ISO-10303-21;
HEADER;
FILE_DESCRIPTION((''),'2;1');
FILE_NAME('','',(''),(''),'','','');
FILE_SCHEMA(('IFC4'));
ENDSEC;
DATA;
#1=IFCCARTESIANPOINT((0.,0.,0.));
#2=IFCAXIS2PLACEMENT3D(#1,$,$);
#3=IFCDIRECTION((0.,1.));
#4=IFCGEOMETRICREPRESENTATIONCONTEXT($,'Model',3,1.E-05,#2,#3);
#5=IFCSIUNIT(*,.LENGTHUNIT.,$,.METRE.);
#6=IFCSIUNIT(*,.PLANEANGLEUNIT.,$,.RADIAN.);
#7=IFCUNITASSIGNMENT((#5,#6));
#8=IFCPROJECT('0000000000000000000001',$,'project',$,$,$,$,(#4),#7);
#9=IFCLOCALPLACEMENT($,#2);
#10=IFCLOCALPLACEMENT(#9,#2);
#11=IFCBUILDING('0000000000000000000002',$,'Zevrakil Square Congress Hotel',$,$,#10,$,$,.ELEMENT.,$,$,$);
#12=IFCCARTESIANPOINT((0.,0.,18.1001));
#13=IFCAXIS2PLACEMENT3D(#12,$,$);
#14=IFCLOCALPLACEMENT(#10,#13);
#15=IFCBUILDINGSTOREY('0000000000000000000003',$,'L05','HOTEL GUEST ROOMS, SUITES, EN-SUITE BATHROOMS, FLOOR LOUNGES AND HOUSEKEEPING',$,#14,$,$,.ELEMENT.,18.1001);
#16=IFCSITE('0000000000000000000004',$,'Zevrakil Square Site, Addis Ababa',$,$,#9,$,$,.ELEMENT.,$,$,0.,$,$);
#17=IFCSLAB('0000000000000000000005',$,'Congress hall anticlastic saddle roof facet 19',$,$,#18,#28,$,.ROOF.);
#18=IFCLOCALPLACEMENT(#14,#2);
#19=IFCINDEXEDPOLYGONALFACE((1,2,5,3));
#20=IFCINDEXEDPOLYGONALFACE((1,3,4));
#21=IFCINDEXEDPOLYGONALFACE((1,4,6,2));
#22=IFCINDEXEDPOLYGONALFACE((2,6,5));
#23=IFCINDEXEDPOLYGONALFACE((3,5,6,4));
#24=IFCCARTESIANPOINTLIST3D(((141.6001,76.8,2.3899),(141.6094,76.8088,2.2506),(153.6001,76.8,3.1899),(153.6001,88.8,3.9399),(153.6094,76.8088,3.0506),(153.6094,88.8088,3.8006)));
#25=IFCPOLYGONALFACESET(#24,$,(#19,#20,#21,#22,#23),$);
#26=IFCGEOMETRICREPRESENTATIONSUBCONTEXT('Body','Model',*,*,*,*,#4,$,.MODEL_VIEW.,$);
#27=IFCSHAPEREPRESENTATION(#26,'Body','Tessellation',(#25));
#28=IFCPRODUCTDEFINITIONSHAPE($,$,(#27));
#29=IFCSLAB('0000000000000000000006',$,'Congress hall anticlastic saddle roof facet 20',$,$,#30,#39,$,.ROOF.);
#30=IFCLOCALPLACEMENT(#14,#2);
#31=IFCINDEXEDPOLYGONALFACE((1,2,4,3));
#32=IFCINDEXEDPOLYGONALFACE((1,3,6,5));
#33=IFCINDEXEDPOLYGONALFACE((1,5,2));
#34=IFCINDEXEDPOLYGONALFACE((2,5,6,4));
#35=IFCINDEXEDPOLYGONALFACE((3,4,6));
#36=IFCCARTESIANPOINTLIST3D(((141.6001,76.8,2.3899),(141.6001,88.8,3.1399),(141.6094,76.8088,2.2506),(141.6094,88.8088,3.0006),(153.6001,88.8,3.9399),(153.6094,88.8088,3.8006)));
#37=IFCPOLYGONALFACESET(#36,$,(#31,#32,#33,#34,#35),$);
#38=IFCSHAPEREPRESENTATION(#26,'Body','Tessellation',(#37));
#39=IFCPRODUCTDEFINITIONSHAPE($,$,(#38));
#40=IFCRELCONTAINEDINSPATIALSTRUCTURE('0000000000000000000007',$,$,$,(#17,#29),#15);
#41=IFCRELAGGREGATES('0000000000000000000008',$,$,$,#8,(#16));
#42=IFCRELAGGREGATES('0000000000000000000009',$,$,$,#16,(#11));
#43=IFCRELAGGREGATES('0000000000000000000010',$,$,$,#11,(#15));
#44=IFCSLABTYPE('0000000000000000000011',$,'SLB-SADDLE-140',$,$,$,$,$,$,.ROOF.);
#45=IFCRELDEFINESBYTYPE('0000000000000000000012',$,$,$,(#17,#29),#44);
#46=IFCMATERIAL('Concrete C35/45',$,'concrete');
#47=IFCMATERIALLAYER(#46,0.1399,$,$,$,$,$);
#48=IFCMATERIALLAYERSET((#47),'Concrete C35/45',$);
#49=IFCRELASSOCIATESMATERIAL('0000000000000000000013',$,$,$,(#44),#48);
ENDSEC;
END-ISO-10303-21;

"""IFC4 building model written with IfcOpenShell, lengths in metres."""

from ifc_helpers import new_model, si_unit, direction, frame, origin, place, context, subcontext, project, spatial, polyline, outline, extrude, material, layer, layer_set, type_object, element, save


model = new_model("IFC4")

# Units and contexts
model_context = context("Model", 3, precision=1e-05, world=origin(), true_north=direction((0.0, 1.0)))
body_context = subcontext(model_context, "Body", "Model", "MODEL_VIEW")
ifc_project = project(units=[si_unit("LENGTHUNIT", "METRE"), si_unit("PLANEANGLEUNIT", "RADIAN")], contexts=[model_context])

# Site, building, storey
site_placement = place(None, origin())
site = spatial("IfcSite", under=ifc_project, at=site_placement, Name="Zevrakil Square Site, Addis Ababa", CompositionType="ELEMENT", RefElevation=0.0)
building_placement = place(site_placement, origin())
building = spatial("IfcBuilding", under=site, at=building_placement, Name="Zevrakil Square Congress Hotel", CompositionType="ELEMENT")
storey_placement = place(building_placement, frame((0.0, 0.0, 18.1001)))
storey = spatial("IfcBuildingStorey", under=building, at=storey_placement, Name="L05", Description="HOTEL GUEST ROOMS, SUITES, EN-SUITE BATHROOMS, FLOOR LOUNGES AND HOUSEKEEPING", CompositionType="ELEMENT", Elevation=18.1001)

# Slabs
ifc_material_1 = material(Name="Concrete C35/45", Category="concrete")
ifc_layer = layer(ifc_material_1, 0.1399)
ifc_layer_set = layer_set([ifc_layer], Name="Concrete C35/45")
slab_type = type_object("IfcSlabType", Name="SLB-SADDLE-140", PredefinedType="ROOF", material=ifc_layer_set)
slab_1_placement = place(storey_placement, frame((141.6001, 76.8, 2.3899), z_axis=(-0.066394, -0.062241, 0.99585), x_axis=(0.997785, 0.0, 0.066523)))
element("IfcSlab", 1, at=slab_1_placement, inside=storey, type_object=slab_type, Name="Congress hall anticlastic saddle roof facet 19", PredefinedType="ROOF", context=body_context, shape_type="SweptSolid", body=[
    extrude(outline(polyline([(0.0, 0.0), (12.0266, 0.0), (12.0765, 12.0233), (0.0, 0.0)])), origin(), (0.0, 0.0, -1.0), 0.1399),
])
slab_2_placement = place(storey_placement, frame((141.6001, 76.8, 2.3899), z_axis=(-0.066394, -0.062241, 0.99585), x_axis=(0.704176, 0.704176, 0.090959)))
element("IfcSlab", 2, at=slab_2_placement, inside=storey, type_object=slab_type, Name="Congress hall anticlastic saddle roof facet 20", PredefinedType="ROOF", context=body_context, shape_type="SweptSolid", body=[
    extrude(outline(polyline([(0.0, 0.0), (17.0412, 0.0), (8.5183, 8.4853), (0.0, 0.0)])), origin(), (0.0, 0.0, -1.0), 0.1399),
])

save(model, "model.ifc")
